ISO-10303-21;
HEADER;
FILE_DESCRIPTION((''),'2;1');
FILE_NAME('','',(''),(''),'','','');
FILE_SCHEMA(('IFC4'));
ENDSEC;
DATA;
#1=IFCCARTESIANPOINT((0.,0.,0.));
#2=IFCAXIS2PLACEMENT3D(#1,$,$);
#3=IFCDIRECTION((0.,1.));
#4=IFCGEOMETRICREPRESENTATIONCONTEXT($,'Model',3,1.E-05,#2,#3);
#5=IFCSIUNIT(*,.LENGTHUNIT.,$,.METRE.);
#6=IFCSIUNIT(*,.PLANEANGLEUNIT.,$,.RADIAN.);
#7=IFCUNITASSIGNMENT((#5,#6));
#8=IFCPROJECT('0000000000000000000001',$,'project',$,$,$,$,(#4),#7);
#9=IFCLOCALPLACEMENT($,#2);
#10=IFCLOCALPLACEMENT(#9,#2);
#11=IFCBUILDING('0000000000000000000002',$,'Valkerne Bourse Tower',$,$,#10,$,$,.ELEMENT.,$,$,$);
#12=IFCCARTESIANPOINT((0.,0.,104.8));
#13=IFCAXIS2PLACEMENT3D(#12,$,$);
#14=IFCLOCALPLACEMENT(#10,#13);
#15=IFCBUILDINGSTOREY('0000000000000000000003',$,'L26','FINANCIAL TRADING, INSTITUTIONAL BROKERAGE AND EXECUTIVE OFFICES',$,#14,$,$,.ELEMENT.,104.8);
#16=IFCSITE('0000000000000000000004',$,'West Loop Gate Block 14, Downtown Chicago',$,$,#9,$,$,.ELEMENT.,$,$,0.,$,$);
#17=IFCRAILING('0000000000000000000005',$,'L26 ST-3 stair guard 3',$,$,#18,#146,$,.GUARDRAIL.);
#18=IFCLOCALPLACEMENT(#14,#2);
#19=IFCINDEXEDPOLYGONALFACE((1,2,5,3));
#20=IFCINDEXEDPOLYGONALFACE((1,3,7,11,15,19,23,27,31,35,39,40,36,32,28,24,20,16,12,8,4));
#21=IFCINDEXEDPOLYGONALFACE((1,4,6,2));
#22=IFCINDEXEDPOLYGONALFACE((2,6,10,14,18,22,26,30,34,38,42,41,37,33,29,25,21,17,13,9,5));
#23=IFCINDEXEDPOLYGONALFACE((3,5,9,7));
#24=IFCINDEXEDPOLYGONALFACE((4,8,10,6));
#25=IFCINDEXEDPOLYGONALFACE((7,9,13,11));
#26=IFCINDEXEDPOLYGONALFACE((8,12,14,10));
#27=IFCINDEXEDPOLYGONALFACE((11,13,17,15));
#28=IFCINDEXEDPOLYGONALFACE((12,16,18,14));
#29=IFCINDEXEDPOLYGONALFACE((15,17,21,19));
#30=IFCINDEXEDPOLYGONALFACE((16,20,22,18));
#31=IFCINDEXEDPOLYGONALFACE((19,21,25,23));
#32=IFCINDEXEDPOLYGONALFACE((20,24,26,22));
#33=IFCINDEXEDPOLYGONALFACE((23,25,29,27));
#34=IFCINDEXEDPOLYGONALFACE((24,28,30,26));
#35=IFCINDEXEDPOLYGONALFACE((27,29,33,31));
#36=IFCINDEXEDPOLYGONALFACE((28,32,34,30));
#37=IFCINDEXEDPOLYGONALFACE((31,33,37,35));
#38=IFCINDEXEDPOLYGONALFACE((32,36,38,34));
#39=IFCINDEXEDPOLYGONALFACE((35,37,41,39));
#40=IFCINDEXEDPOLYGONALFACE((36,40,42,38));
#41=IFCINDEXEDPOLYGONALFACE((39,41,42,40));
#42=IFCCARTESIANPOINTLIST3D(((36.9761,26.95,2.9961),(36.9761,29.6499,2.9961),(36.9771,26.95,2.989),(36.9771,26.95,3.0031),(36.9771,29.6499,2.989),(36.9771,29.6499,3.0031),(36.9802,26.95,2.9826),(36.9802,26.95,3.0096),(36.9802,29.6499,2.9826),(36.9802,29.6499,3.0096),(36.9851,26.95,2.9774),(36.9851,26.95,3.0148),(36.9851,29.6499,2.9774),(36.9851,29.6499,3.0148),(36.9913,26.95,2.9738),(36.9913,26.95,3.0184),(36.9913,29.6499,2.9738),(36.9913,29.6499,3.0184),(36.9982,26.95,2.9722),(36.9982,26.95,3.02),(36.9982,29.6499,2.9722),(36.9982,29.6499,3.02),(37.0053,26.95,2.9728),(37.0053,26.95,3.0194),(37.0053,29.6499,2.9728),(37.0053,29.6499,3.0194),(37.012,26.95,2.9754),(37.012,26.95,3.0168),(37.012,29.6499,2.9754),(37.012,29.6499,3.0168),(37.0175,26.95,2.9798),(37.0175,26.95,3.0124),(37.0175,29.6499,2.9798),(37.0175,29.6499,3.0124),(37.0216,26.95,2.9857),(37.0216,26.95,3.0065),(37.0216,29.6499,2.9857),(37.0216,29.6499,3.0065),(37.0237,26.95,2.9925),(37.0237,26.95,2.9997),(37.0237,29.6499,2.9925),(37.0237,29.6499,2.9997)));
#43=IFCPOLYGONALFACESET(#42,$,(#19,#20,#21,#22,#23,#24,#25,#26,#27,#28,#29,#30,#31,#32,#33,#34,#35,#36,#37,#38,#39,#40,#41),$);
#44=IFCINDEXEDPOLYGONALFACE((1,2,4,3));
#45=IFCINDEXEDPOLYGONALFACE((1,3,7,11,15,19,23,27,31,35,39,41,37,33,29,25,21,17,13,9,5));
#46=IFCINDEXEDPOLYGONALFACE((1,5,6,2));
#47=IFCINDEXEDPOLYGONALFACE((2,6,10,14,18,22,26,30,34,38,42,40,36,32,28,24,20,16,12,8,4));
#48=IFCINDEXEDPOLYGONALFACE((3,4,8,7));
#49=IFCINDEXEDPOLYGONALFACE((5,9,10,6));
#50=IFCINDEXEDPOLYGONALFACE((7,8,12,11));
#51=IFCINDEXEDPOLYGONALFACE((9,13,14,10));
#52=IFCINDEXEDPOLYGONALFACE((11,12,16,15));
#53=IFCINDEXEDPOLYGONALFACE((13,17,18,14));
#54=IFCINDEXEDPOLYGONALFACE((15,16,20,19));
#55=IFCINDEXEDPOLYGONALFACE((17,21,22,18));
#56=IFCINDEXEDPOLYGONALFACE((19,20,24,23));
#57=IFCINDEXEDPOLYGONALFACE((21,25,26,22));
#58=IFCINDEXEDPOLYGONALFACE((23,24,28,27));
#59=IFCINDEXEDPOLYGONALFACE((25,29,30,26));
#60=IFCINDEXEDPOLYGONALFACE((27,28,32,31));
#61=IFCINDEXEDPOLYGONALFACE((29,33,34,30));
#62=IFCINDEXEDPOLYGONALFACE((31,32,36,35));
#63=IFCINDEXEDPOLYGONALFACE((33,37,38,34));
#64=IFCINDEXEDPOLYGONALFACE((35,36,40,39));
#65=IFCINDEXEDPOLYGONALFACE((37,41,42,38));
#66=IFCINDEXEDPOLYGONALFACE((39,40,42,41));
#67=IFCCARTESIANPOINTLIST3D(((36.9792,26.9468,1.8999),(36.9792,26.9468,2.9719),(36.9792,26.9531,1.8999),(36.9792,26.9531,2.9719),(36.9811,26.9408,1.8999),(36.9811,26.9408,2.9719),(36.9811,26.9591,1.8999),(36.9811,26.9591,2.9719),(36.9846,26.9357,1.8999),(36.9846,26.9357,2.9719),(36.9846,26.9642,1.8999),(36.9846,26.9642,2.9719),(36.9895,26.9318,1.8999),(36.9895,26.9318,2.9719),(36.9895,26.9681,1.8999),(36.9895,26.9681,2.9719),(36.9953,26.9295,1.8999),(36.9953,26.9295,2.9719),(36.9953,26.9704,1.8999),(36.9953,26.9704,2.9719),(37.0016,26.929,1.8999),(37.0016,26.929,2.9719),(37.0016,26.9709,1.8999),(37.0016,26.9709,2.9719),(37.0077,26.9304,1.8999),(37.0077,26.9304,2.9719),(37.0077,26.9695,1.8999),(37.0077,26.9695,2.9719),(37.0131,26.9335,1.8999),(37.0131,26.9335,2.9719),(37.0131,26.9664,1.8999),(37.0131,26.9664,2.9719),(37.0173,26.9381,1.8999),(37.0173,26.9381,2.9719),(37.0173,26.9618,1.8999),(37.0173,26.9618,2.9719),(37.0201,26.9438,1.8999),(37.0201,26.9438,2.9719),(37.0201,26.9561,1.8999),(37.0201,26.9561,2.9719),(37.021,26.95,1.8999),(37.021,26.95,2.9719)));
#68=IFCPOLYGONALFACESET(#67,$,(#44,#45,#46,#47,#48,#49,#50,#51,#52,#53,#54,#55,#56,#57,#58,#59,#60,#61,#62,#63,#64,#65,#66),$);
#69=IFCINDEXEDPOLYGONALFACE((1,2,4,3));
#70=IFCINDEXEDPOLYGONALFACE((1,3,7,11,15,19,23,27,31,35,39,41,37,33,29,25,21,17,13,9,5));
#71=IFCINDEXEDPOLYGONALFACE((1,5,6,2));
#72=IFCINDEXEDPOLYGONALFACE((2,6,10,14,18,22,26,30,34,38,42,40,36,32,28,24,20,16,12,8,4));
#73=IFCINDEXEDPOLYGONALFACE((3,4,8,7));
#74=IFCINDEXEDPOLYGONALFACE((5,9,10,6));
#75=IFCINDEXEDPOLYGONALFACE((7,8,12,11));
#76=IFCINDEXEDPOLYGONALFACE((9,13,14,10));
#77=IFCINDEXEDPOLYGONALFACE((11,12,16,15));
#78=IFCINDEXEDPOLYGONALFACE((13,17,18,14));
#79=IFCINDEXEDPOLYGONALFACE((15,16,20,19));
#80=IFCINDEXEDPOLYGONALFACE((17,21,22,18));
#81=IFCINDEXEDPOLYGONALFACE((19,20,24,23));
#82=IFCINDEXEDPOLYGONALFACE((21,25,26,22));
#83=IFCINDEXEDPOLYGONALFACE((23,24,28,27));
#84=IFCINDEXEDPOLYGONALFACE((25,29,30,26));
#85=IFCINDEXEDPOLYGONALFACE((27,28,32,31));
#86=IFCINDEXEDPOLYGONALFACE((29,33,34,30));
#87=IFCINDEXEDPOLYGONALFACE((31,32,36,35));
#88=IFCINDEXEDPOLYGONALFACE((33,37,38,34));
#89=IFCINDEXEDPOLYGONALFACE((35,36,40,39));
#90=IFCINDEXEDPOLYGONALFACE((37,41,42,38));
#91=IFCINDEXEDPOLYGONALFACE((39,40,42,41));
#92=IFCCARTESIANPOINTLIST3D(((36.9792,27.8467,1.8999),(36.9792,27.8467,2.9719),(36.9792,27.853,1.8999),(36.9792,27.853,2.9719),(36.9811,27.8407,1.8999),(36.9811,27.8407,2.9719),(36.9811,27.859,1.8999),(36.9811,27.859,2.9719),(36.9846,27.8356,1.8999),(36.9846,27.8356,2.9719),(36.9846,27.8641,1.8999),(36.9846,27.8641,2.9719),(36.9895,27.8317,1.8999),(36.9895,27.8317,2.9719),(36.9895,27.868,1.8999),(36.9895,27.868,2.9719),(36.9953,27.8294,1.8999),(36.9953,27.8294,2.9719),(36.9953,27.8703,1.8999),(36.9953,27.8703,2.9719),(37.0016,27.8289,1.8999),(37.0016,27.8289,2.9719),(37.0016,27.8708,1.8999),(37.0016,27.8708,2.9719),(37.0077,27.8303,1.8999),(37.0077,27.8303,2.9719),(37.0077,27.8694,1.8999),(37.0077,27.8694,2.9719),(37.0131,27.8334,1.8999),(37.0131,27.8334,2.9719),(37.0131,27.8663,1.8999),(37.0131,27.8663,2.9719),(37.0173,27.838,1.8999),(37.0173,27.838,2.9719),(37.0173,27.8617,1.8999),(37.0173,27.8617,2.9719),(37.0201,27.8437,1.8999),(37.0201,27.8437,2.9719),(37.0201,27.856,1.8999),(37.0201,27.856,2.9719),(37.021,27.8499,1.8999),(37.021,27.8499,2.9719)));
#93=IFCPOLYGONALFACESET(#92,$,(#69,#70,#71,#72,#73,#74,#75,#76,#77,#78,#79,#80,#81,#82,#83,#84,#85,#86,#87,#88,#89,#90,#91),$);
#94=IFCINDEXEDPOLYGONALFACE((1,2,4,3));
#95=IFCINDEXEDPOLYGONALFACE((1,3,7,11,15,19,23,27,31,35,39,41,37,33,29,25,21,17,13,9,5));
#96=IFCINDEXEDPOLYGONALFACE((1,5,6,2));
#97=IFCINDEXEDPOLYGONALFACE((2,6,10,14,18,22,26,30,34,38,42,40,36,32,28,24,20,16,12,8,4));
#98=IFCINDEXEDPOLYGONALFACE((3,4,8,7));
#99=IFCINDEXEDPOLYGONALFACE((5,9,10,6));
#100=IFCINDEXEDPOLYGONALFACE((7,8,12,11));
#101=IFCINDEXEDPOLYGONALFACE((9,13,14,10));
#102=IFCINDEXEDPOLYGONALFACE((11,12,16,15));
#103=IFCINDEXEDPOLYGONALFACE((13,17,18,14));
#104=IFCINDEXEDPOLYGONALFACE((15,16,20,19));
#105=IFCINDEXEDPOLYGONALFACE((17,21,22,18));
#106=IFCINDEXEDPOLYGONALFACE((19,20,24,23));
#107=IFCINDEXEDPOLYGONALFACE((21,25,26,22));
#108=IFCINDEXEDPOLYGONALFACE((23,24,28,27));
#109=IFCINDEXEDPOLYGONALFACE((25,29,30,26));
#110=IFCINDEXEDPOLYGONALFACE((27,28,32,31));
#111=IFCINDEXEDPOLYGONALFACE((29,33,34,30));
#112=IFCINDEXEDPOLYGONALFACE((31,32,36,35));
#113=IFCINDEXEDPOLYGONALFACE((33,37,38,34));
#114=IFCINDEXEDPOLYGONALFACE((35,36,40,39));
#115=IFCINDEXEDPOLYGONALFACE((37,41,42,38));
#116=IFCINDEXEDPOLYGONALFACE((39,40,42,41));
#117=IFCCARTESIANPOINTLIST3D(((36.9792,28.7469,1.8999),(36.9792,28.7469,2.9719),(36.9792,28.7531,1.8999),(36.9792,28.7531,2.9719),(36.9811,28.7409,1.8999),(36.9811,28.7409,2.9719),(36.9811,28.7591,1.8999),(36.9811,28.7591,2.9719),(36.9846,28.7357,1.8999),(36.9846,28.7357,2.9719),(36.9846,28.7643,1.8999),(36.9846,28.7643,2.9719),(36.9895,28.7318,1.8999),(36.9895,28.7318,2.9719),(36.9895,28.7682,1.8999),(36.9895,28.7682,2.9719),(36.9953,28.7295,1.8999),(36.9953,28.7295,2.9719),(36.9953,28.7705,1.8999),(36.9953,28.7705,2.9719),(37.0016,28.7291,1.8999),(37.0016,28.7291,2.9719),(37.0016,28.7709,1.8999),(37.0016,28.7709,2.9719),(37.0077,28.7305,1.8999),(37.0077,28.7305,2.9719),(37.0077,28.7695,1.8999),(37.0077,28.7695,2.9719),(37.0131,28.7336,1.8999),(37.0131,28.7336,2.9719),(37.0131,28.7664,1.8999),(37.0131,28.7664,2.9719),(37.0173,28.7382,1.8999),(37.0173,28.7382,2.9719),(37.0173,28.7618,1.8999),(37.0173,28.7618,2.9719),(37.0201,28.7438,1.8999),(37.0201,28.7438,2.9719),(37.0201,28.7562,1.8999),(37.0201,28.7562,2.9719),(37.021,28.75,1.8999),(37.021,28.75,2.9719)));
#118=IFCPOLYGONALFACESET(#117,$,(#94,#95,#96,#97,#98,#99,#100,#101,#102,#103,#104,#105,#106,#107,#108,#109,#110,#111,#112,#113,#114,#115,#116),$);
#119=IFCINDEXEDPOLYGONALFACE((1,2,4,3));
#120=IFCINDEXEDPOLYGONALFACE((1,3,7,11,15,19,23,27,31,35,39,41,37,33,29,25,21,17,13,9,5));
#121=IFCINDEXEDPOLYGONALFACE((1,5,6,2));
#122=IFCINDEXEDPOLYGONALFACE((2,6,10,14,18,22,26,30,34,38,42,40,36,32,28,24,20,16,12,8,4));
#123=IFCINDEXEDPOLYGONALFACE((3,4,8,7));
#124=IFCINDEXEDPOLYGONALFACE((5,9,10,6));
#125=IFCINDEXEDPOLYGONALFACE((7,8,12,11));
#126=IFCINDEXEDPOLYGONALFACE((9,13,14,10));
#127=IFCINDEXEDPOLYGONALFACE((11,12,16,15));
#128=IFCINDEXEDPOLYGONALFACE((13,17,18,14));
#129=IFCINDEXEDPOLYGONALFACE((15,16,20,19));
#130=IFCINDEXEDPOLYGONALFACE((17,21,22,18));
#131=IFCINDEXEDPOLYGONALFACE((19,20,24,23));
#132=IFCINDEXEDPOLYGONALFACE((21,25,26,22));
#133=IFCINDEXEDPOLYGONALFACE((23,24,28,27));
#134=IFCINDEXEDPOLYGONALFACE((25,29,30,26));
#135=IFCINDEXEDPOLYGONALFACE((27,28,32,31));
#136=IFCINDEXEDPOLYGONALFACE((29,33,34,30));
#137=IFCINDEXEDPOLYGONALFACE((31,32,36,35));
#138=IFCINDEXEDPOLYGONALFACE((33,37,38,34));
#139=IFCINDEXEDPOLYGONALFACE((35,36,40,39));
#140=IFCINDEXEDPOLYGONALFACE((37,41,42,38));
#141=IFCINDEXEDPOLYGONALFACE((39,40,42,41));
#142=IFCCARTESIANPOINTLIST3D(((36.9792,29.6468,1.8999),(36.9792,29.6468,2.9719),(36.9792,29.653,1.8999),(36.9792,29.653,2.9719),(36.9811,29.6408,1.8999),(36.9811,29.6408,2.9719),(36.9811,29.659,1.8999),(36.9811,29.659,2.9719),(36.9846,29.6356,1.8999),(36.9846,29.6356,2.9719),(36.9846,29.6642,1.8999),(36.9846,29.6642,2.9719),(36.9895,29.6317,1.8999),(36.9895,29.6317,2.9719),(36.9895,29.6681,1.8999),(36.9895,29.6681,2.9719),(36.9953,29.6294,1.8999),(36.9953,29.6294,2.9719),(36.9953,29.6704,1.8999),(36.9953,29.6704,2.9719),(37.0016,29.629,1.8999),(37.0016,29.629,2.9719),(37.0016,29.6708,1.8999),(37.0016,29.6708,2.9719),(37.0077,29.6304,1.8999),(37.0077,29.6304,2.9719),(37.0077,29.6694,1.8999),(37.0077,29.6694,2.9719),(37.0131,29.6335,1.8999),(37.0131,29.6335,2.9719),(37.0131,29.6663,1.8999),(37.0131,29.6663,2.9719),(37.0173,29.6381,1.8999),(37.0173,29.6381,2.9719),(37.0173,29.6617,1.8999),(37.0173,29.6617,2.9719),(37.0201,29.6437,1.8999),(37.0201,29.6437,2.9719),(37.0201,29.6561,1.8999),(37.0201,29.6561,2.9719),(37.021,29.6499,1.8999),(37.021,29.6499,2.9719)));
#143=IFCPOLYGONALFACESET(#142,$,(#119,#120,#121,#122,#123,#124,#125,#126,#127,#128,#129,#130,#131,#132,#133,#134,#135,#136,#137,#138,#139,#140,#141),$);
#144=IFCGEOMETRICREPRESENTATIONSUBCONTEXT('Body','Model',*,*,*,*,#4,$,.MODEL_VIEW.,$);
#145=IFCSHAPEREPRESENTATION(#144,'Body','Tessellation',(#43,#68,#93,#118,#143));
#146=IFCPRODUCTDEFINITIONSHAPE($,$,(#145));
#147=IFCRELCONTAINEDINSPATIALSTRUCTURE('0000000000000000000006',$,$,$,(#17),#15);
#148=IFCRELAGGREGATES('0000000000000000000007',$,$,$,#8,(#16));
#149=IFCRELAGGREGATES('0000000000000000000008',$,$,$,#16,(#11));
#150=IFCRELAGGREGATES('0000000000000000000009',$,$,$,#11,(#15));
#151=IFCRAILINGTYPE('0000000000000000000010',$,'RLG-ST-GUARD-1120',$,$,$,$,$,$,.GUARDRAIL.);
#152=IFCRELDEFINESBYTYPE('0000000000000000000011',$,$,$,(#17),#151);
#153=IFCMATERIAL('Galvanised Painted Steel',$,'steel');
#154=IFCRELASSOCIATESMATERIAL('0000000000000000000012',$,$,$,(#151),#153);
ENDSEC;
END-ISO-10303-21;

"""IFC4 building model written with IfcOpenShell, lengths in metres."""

from ifc_helpers import new_model, si_unit, direction, frame, origin, origin_2d, place, context, subcontext, project, spatial, circle, extrude, material, type_object, element, save


model = new_model("IFC4")

# Units and contexts
model_context = context("Model", 3, precision=1e-05, world=origin(), true_north=direction((0.0, 1.0)))
body_context = subcontext(model_context, "Body", "Model", "MODEL_VIEW")
ifc_project = project(units=[si_unit("LENGTHUNIT", "METRE"), si_unit("PLANEANGLEUNIT", "RADIAN")], contexts=[model_context])

# Site, building, storey
site_placement = place(None, origin())
site = spatial("IfcSite", under=ifc_project, at=site_placement, Name="West Loop Gate Block 14, Downtown Chicago", CompositionType="ELEMENT", RefElevation=0.0)
building_placement = place(site_placement, origin())
building = spatial("IfcBuilding", under=site, at=building_placement, Name="Valkerne Bourse Tower", CompositionType="ELEMENT")
storey_placement = place(building_placement, frame((0.0, 0.0, 104.8)))
storey = spatial("IfcBuildingStorey", under=building, at=storey_placement, Name="L26", Description="FINANCIAL TRADING, INSTITUTIONAL BROKERAGE AND EXECUTIVE OFFICES", CompositionType="ELEMENT", Elevation=104.8)

# Shared definitions
ifc_material_1 = material(Name="Galvanised Painted Steel", Category="steel")

# Railing
railing_type_1 = type_object("IfcRailingType", Name="RLG-ST-GUARD-1120", PredefinedType="GUARDRAIL", material=ifc_material_1)
for number, where, name in (
    (1, (37.0, 26.95, 1.8999), "L26 ST-3 stair guard 3"),
):
    element("IfcRailing", number, at=place(storey_placement, frame(where)), inside=storey, type_object=railing_type_1, Name=name, PredefinedType="GUARDRAIL", context=body_context, shape_type="SweptSolid", body=[
        extrude(circle(Radius=0.0239, at=origin_2d()), frame((0.0, 0.0, 1.0962), z_axis=(0.0, 1.0, 0.0), x_axis=(-1.0, 0.0, 0.0)), (0.0, 0.0, 1.0), 2.7),
        extrude(circle(Radius=0.021, at=origin_2d()), origin(), (0.0, 0.0, 1.0), 1.072),
        extrude(circle(Radius=0.021, at=origin_2d()), frame((0.0, 0.8999, 0.0)), (0.0, 0.0, 1.0), 1.072),
        extrude(circle(Radius=0.021, at=origin_2d()), frame((0.0, 1.8, 0.0)), (0.0, 0.0, 1.0), 1.072),
        extrude(circle(Radius=0.021, at=origin_2d()), frame((0.0, 2.7, 0.0)), (0.0, 0.0, 1.0), 1.072),
    ])

save(model, "model.ifc")
